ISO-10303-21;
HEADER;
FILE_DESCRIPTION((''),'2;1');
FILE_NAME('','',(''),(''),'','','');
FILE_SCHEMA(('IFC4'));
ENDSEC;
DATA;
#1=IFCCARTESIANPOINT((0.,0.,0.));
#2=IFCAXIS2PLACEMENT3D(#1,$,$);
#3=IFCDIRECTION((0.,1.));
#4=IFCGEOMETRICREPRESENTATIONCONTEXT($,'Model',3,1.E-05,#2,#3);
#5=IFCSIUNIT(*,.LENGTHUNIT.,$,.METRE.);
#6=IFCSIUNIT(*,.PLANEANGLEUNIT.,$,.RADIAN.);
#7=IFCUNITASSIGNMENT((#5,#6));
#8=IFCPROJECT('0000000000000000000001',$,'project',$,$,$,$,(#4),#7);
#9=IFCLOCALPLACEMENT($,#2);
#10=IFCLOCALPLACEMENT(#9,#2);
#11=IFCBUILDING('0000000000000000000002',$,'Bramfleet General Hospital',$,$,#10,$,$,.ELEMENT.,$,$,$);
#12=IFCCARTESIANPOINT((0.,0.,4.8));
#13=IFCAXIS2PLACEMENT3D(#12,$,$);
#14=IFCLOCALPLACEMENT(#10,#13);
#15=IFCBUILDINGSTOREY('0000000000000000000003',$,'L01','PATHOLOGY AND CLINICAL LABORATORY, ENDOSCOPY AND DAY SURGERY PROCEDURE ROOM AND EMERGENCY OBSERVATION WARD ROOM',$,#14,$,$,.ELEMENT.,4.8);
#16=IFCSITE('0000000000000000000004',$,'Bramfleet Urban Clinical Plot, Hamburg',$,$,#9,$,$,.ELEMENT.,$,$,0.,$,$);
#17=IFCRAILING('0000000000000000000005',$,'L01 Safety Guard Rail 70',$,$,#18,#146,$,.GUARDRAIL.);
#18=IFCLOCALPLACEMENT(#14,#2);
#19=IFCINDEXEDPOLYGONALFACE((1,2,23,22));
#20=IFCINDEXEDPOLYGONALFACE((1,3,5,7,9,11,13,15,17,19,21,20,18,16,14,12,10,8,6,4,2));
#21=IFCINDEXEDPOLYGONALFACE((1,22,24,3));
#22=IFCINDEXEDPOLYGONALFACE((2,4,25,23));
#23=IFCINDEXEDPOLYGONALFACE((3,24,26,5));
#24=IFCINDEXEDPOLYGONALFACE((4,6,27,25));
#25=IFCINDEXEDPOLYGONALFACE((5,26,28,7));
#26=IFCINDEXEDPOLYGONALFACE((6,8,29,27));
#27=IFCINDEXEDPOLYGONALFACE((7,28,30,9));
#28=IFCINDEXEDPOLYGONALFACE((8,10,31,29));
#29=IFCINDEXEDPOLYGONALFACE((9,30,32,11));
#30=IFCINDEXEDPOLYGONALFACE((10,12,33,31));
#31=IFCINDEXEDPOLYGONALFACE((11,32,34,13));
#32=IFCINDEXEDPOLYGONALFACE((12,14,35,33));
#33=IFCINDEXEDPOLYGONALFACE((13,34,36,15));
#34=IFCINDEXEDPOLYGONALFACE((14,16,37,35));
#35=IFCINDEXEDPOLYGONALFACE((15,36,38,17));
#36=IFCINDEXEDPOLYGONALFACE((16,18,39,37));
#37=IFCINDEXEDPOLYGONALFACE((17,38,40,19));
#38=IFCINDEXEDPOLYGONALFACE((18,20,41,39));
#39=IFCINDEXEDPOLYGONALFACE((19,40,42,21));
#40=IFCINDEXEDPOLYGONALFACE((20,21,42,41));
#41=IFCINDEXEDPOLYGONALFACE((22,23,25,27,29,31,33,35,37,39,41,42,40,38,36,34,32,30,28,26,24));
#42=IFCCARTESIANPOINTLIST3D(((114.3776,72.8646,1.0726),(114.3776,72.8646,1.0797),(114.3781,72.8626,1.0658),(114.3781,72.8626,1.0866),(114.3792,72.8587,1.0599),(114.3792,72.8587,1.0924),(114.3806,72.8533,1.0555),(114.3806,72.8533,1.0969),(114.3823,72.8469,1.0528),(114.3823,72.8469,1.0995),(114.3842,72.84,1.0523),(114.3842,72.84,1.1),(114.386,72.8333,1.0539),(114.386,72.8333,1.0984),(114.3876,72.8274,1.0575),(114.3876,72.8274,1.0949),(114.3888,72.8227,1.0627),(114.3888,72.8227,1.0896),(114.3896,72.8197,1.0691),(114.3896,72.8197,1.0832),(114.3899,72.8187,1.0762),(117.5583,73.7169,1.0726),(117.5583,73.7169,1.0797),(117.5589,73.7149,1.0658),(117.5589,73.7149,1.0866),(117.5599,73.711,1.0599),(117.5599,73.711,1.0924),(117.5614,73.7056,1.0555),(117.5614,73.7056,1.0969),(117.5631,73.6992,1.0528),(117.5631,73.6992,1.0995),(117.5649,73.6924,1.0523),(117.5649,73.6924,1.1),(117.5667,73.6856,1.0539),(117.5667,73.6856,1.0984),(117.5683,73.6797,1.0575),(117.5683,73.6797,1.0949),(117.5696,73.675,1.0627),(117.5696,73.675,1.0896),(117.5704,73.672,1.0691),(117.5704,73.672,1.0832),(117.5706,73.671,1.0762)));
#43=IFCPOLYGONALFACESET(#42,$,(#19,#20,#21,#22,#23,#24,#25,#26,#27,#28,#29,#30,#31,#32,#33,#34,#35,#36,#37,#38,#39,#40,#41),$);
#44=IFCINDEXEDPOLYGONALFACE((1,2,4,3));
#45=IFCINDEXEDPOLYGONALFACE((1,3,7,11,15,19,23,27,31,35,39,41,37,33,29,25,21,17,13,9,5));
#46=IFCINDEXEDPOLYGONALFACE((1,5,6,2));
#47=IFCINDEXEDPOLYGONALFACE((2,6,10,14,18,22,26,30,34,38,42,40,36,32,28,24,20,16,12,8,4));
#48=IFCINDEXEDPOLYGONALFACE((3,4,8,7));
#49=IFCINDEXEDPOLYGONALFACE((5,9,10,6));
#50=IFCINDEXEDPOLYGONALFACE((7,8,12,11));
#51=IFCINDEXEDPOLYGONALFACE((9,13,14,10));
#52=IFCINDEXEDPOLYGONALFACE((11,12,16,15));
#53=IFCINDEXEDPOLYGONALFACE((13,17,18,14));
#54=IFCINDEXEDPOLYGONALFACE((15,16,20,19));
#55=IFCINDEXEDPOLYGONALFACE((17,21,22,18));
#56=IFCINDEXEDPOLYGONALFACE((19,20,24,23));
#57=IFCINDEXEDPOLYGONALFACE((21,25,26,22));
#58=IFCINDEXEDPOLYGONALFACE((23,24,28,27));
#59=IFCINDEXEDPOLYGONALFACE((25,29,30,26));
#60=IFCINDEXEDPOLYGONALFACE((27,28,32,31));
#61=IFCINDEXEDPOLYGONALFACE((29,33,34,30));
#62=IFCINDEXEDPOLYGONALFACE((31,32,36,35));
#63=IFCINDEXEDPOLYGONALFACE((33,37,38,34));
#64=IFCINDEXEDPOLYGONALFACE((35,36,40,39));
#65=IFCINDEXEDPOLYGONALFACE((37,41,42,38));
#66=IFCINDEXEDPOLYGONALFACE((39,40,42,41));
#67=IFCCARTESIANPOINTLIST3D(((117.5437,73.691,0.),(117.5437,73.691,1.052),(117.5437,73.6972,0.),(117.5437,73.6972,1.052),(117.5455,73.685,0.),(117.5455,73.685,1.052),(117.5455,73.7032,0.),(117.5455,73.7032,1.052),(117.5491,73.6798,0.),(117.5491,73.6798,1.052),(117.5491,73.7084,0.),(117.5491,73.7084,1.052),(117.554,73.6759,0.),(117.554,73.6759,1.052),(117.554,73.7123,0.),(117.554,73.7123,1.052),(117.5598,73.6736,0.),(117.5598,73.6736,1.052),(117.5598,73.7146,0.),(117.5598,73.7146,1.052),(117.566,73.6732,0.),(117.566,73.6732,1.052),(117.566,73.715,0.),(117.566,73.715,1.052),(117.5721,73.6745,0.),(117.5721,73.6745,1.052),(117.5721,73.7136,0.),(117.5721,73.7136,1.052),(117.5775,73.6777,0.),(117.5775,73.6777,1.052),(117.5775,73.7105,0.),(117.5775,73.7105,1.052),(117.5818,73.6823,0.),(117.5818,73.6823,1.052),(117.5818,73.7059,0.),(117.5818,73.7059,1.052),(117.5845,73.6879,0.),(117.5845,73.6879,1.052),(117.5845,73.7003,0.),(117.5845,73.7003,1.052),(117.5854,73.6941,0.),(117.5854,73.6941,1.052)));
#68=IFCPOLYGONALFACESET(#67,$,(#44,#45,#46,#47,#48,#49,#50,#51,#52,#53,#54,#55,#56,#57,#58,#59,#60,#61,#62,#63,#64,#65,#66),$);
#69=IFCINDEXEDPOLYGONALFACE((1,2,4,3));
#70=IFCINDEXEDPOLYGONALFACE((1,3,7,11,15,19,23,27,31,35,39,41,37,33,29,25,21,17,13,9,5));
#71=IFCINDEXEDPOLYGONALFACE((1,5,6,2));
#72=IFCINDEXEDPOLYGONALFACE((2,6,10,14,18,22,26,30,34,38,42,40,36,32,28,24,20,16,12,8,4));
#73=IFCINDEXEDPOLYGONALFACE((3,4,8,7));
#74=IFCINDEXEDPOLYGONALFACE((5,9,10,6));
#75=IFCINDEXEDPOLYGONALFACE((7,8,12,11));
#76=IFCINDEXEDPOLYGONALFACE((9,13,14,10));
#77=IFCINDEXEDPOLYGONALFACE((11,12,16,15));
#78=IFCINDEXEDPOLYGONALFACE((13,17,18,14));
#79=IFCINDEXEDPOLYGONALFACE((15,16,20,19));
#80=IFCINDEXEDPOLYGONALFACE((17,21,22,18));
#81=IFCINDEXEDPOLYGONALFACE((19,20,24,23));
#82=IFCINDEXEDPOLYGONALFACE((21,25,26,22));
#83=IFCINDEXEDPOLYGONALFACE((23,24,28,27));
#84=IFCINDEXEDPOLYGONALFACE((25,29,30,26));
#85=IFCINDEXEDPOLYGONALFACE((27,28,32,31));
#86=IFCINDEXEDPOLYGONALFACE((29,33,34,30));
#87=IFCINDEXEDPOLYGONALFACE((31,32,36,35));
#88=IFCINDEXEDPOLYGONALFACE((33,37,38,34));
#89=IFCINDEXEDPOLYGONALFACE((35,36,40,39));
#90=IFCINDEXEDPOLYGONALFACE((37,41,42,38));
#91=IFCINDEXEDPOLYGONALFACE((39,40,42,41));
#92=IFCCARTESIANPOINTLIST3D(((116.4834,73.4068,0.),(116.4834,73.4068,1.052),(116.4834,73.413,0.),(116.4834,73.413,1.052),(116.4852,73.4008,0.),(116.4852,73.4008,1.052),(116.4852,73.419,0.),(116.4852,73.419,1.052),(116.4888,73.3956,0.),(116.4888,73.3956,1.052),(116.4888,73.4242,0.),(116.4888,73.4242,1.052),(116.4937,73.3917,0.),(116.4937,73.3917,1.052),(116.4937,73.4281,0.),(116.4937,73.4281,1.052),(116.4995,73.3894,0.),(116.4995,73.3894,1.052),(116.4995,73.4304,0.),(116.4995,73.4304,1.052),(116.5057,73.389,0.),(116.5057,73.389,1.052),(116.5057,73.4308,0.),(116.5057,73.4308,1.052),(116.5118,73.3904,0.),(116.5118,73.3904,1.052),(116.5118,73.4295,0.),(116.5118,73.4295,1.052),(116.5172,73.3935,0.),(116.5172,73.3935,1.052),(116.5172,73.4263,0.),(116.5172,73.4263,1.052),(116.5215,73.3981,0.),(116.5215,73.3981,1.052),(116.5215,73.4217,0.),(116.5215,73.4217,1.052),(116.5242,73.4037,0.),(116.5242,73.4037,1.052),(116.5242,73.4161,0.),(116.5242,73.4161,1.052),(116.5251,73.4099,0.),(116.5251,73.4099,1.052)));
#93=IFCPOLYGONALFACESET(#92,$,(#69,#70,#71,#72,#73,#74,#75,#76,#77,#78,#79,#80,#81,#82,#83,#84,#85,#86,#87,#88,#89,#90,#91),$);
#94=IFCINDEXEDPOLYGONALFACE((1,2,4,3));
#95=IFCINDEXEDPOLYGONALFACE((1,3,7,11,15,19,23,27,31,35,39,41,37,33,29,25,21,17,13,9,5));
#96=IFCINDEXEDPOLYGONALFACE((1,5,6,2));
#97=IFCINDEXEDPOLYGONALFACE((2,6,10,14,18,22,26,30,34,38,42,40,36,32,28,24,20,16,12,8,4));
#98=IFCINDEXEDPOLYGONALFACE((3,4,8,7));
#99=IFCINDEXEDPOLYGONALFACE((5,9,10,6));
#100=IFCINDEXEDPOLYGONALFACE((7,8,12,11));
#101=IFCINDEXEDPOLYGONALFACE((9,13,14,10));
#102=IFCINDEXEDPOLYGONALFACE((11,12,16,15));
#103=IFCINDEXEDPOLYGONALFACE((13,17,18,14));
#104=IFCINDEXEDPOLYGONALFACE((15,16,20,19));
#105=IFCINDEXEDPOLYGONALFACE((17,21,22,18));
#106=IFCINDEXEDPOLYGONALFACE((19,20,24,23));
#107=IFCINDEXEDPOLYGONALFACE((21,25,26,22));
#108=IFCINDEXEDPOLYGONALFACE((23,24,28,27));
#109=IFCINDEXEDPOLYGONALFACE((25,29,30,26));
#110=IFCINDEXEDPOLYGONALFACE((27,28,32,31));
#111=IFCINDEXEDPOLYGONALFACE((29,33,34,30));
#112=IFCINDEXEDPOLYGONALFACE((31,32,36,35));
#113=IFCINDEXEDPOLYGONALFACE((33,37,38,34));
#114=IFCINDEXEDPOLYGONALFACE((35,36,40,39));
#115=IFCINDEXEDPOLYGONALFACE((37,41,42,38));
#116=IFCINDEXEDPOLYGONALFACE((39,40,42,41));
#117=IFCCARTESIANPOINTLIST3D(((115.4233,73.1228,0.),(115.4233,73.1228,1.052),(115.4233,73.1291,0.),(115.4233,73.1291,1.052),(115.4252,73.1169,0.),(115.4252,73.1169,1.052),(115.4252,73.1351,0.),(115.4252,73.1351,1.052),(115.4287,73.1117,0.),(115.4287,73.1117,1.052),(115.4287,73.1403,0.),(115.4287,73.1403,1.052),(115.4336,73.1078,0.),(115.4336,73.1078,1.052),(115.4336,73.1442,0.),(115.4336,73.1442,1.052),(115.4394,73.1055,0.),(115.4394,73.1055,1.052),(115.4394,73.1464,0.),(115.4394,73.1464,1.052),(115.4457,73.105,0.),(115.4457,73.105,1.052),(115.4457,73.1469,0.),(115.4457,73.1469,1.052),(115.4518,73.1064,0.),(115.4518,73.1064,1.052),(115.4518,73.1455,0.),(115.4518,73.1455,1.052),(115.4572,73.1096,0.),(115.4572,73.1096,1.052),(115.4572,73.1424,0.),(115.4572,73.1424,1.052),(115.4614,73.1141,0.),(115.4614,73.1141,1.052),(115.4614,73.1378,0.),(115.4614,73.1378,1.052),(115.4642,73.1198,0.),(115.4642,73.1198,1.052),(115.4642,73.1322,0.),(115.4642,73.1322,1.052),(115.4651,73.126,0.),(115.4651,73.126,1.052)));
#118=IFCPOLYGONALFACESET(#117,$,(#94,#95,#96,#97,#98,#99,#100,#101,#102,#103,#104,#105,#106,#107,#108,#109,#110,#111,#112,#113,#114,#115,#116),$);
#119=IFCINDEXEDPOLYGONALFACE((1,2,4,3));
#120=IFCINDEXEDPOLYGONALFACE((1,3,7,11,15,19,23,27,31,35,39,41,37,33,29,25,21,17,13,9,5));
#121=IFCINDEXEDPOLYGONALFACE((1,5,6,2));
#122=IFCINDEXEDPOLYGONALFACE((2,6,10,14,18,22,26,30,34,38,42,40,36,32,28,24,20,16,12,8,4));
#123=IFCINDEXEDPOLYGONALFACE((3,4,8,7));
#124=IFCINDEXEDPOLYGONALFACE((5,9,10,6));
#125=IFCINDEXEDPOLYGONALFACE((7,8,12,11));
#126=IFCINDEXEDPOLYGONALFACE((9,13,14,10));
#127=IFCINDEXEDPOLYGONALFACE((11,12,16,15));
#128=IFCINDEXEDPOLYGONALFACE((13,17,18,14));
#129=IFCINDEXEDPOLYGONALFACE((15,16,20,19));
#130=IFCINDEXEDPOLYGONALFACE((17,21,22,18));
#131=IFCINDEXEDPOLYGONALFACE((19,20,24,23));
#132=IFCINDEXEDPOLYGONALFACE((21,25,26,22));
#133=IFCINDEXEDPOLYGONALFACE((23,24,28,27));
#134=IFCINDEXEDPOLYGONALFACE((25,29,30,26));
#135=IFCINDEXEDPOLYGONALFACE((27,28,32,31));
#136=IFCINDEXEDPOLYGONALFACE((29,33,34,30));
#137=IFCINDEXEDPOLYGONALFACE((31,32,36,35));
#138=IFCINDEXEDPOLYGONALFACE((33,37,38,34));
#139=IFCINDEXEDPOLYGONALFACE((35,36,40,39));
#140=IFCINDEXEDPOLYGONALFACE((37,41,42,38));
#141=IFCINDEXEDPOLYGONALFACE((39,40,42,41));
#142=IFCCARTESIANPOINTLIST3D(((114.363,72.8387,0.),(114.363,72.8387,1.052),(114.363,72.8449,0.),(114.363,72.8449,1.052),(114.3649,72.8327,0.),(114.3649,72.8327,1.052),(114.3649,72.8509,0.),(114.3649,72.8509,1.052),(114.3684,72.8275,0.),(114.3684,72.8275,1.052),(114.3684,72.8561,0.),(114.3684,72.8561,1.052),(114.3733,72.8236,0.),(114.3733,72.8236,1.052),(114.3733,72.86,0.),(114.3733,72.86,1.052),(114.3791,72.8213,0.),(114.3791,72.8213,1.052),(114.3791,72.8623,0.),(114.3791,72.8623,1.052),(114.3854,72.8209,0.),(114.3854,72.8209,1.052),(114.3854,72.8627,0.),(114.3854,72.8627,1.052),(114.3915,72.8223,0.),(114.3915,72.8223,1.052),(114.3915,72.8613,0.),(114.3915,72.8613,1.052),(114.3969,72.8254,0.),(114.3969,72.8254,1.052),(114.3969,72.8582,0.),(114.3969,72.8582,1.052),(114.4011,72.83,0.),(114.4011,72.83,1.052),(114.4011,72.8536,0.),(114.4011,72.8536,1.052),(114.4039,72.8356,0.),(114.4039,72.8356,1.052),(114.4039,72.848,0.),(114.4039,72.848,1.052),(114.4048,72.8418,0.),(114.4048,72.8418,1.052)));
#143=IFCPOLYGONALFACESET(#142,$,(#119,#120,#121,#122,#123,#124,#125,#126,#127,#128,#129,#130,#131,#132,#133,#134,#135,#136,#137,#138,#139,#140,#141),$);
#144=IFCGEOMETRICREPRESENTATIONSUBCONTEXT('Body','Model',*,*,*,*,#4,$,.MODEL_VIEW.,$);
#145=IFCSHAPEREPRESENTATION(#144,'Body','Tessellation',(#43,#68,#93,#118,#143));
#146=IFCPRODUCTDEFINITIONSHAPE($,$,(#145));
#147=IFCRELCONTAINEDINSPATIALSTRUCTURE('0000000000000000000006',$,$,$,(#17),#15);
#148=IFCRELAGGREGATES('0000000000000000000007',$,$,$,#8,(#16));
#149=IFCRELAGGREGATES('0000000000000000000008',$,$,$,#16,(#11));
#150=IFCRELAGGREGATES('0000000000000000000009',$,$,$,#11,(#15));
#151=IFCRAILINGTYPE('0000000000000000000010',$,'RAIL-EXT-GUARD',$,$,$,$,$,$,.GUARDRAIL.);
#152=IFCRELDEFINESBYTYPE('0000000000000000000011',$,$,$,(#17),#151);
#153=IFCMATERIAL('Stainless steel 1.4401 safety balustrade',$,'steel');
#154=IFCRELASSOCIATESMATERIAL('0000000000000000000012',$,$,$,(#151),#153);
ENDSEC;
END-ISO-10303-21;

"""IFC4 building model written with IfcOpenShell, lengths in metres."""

from ifc_helpers import new_model, si_unit, direction, frame, origin, origin_2d, place, context, subcontext, project, spatial, circle, extrude, material, type_object, element, save


model = new_model("IFC4")

# Units and contexts
model_context = context("Model", 3, precision=1e-05, world=origin(), true_north=direction((0.0, 1.0)))
body_context = subcontext(model_context, "Body", "Model", "MODEL_VIEW")
ifc_project = project(units=[si_unit("LENGTHUNIT", "METRE"), si_unit("PLANEANGLEUNIT", "RADIAN")], contexts=[model_context])

# Site, building, storey
site_placement = place(None, origin())
site = spatial("IfcSite", under=ifc_project, at=site_placement, Name="Bramfleet Urban Clinical Plot, Hamburg", CompositionType="ELEMENT", RefElevation=0.0)
building_placement = place(site_placement, origin())
building = spatial("IfcBuilding", under=site, at=building_placement, Name="Bramfleet General Hospital", CompositionType="ELEMENT")
storey_placement = place(building_placement, frame((0.0, 0.0, 4.8)))
storey = spatial("IfcBuildingStorey", under=building, at=storey_placement, Name="L01", Description="PATHOLOGY AND CLINICAL LABORATORY, ENDOSCOPY AND DAY SURGERY PROCEDURE ROOM AND EMERGENCY OBSERVATION WARD ROOM", CompositionType="ELEMENT", Elevation=4.8)

# Railing
ifc_material_1 = material(Name="Stainless steel 1.4401 safety balustrade", Category="steel")
railing_type = type_object("IfcRailingType", Name="RAIL-EXT-GUARD", PredefinedType="GUARDRAIL", material=ifc_material_1)
railing_1_placement = place(storey_placement, frame((117.5645, 73.6941, 0.0)))
element("IfcRailing", 1, at=railing_1_placement, inside=storey, type_object=railing_type, Name="L01 Safety Guard Rail 70", PredefinedType="GUARDRAIL", context=body_context, shape_type="SweptSolid", body=[
    extrude(circle(Radius=0.0239, at=origin_2d()), frame((0.0, 0.0, 1.0762), z_axis=(-0.965923, -0.25883, 0.0), x_axis=(0.25883, -0.965923, 0.0)), (0.0, 0.0, 1.0), 3.293),
    extrude(circle(Radius=0.021, at=origin_2d()), origin(), (0.0, 0.0, 1.0), 1.052),
    extrude(circle(Radius=0.021, at=origin_2d()), frame((-1.0603, -0.2842, 0.0)), (0.0, 0.0, 1.0), 1.052),
    extrude(circle(Radius=0.021, at=origin_2d()), frame((-2.1204, -0.5681, 0.0)), (0.0, 0.0, 1.0), 1.052),
    extrude(circle(Radius=0.021, at=origin_2d()), frame((-3.1807, -0.8523, 0.0)), (0.0, 0.0, 1.0), 1.052),
])

save(model, "model.ifc")
